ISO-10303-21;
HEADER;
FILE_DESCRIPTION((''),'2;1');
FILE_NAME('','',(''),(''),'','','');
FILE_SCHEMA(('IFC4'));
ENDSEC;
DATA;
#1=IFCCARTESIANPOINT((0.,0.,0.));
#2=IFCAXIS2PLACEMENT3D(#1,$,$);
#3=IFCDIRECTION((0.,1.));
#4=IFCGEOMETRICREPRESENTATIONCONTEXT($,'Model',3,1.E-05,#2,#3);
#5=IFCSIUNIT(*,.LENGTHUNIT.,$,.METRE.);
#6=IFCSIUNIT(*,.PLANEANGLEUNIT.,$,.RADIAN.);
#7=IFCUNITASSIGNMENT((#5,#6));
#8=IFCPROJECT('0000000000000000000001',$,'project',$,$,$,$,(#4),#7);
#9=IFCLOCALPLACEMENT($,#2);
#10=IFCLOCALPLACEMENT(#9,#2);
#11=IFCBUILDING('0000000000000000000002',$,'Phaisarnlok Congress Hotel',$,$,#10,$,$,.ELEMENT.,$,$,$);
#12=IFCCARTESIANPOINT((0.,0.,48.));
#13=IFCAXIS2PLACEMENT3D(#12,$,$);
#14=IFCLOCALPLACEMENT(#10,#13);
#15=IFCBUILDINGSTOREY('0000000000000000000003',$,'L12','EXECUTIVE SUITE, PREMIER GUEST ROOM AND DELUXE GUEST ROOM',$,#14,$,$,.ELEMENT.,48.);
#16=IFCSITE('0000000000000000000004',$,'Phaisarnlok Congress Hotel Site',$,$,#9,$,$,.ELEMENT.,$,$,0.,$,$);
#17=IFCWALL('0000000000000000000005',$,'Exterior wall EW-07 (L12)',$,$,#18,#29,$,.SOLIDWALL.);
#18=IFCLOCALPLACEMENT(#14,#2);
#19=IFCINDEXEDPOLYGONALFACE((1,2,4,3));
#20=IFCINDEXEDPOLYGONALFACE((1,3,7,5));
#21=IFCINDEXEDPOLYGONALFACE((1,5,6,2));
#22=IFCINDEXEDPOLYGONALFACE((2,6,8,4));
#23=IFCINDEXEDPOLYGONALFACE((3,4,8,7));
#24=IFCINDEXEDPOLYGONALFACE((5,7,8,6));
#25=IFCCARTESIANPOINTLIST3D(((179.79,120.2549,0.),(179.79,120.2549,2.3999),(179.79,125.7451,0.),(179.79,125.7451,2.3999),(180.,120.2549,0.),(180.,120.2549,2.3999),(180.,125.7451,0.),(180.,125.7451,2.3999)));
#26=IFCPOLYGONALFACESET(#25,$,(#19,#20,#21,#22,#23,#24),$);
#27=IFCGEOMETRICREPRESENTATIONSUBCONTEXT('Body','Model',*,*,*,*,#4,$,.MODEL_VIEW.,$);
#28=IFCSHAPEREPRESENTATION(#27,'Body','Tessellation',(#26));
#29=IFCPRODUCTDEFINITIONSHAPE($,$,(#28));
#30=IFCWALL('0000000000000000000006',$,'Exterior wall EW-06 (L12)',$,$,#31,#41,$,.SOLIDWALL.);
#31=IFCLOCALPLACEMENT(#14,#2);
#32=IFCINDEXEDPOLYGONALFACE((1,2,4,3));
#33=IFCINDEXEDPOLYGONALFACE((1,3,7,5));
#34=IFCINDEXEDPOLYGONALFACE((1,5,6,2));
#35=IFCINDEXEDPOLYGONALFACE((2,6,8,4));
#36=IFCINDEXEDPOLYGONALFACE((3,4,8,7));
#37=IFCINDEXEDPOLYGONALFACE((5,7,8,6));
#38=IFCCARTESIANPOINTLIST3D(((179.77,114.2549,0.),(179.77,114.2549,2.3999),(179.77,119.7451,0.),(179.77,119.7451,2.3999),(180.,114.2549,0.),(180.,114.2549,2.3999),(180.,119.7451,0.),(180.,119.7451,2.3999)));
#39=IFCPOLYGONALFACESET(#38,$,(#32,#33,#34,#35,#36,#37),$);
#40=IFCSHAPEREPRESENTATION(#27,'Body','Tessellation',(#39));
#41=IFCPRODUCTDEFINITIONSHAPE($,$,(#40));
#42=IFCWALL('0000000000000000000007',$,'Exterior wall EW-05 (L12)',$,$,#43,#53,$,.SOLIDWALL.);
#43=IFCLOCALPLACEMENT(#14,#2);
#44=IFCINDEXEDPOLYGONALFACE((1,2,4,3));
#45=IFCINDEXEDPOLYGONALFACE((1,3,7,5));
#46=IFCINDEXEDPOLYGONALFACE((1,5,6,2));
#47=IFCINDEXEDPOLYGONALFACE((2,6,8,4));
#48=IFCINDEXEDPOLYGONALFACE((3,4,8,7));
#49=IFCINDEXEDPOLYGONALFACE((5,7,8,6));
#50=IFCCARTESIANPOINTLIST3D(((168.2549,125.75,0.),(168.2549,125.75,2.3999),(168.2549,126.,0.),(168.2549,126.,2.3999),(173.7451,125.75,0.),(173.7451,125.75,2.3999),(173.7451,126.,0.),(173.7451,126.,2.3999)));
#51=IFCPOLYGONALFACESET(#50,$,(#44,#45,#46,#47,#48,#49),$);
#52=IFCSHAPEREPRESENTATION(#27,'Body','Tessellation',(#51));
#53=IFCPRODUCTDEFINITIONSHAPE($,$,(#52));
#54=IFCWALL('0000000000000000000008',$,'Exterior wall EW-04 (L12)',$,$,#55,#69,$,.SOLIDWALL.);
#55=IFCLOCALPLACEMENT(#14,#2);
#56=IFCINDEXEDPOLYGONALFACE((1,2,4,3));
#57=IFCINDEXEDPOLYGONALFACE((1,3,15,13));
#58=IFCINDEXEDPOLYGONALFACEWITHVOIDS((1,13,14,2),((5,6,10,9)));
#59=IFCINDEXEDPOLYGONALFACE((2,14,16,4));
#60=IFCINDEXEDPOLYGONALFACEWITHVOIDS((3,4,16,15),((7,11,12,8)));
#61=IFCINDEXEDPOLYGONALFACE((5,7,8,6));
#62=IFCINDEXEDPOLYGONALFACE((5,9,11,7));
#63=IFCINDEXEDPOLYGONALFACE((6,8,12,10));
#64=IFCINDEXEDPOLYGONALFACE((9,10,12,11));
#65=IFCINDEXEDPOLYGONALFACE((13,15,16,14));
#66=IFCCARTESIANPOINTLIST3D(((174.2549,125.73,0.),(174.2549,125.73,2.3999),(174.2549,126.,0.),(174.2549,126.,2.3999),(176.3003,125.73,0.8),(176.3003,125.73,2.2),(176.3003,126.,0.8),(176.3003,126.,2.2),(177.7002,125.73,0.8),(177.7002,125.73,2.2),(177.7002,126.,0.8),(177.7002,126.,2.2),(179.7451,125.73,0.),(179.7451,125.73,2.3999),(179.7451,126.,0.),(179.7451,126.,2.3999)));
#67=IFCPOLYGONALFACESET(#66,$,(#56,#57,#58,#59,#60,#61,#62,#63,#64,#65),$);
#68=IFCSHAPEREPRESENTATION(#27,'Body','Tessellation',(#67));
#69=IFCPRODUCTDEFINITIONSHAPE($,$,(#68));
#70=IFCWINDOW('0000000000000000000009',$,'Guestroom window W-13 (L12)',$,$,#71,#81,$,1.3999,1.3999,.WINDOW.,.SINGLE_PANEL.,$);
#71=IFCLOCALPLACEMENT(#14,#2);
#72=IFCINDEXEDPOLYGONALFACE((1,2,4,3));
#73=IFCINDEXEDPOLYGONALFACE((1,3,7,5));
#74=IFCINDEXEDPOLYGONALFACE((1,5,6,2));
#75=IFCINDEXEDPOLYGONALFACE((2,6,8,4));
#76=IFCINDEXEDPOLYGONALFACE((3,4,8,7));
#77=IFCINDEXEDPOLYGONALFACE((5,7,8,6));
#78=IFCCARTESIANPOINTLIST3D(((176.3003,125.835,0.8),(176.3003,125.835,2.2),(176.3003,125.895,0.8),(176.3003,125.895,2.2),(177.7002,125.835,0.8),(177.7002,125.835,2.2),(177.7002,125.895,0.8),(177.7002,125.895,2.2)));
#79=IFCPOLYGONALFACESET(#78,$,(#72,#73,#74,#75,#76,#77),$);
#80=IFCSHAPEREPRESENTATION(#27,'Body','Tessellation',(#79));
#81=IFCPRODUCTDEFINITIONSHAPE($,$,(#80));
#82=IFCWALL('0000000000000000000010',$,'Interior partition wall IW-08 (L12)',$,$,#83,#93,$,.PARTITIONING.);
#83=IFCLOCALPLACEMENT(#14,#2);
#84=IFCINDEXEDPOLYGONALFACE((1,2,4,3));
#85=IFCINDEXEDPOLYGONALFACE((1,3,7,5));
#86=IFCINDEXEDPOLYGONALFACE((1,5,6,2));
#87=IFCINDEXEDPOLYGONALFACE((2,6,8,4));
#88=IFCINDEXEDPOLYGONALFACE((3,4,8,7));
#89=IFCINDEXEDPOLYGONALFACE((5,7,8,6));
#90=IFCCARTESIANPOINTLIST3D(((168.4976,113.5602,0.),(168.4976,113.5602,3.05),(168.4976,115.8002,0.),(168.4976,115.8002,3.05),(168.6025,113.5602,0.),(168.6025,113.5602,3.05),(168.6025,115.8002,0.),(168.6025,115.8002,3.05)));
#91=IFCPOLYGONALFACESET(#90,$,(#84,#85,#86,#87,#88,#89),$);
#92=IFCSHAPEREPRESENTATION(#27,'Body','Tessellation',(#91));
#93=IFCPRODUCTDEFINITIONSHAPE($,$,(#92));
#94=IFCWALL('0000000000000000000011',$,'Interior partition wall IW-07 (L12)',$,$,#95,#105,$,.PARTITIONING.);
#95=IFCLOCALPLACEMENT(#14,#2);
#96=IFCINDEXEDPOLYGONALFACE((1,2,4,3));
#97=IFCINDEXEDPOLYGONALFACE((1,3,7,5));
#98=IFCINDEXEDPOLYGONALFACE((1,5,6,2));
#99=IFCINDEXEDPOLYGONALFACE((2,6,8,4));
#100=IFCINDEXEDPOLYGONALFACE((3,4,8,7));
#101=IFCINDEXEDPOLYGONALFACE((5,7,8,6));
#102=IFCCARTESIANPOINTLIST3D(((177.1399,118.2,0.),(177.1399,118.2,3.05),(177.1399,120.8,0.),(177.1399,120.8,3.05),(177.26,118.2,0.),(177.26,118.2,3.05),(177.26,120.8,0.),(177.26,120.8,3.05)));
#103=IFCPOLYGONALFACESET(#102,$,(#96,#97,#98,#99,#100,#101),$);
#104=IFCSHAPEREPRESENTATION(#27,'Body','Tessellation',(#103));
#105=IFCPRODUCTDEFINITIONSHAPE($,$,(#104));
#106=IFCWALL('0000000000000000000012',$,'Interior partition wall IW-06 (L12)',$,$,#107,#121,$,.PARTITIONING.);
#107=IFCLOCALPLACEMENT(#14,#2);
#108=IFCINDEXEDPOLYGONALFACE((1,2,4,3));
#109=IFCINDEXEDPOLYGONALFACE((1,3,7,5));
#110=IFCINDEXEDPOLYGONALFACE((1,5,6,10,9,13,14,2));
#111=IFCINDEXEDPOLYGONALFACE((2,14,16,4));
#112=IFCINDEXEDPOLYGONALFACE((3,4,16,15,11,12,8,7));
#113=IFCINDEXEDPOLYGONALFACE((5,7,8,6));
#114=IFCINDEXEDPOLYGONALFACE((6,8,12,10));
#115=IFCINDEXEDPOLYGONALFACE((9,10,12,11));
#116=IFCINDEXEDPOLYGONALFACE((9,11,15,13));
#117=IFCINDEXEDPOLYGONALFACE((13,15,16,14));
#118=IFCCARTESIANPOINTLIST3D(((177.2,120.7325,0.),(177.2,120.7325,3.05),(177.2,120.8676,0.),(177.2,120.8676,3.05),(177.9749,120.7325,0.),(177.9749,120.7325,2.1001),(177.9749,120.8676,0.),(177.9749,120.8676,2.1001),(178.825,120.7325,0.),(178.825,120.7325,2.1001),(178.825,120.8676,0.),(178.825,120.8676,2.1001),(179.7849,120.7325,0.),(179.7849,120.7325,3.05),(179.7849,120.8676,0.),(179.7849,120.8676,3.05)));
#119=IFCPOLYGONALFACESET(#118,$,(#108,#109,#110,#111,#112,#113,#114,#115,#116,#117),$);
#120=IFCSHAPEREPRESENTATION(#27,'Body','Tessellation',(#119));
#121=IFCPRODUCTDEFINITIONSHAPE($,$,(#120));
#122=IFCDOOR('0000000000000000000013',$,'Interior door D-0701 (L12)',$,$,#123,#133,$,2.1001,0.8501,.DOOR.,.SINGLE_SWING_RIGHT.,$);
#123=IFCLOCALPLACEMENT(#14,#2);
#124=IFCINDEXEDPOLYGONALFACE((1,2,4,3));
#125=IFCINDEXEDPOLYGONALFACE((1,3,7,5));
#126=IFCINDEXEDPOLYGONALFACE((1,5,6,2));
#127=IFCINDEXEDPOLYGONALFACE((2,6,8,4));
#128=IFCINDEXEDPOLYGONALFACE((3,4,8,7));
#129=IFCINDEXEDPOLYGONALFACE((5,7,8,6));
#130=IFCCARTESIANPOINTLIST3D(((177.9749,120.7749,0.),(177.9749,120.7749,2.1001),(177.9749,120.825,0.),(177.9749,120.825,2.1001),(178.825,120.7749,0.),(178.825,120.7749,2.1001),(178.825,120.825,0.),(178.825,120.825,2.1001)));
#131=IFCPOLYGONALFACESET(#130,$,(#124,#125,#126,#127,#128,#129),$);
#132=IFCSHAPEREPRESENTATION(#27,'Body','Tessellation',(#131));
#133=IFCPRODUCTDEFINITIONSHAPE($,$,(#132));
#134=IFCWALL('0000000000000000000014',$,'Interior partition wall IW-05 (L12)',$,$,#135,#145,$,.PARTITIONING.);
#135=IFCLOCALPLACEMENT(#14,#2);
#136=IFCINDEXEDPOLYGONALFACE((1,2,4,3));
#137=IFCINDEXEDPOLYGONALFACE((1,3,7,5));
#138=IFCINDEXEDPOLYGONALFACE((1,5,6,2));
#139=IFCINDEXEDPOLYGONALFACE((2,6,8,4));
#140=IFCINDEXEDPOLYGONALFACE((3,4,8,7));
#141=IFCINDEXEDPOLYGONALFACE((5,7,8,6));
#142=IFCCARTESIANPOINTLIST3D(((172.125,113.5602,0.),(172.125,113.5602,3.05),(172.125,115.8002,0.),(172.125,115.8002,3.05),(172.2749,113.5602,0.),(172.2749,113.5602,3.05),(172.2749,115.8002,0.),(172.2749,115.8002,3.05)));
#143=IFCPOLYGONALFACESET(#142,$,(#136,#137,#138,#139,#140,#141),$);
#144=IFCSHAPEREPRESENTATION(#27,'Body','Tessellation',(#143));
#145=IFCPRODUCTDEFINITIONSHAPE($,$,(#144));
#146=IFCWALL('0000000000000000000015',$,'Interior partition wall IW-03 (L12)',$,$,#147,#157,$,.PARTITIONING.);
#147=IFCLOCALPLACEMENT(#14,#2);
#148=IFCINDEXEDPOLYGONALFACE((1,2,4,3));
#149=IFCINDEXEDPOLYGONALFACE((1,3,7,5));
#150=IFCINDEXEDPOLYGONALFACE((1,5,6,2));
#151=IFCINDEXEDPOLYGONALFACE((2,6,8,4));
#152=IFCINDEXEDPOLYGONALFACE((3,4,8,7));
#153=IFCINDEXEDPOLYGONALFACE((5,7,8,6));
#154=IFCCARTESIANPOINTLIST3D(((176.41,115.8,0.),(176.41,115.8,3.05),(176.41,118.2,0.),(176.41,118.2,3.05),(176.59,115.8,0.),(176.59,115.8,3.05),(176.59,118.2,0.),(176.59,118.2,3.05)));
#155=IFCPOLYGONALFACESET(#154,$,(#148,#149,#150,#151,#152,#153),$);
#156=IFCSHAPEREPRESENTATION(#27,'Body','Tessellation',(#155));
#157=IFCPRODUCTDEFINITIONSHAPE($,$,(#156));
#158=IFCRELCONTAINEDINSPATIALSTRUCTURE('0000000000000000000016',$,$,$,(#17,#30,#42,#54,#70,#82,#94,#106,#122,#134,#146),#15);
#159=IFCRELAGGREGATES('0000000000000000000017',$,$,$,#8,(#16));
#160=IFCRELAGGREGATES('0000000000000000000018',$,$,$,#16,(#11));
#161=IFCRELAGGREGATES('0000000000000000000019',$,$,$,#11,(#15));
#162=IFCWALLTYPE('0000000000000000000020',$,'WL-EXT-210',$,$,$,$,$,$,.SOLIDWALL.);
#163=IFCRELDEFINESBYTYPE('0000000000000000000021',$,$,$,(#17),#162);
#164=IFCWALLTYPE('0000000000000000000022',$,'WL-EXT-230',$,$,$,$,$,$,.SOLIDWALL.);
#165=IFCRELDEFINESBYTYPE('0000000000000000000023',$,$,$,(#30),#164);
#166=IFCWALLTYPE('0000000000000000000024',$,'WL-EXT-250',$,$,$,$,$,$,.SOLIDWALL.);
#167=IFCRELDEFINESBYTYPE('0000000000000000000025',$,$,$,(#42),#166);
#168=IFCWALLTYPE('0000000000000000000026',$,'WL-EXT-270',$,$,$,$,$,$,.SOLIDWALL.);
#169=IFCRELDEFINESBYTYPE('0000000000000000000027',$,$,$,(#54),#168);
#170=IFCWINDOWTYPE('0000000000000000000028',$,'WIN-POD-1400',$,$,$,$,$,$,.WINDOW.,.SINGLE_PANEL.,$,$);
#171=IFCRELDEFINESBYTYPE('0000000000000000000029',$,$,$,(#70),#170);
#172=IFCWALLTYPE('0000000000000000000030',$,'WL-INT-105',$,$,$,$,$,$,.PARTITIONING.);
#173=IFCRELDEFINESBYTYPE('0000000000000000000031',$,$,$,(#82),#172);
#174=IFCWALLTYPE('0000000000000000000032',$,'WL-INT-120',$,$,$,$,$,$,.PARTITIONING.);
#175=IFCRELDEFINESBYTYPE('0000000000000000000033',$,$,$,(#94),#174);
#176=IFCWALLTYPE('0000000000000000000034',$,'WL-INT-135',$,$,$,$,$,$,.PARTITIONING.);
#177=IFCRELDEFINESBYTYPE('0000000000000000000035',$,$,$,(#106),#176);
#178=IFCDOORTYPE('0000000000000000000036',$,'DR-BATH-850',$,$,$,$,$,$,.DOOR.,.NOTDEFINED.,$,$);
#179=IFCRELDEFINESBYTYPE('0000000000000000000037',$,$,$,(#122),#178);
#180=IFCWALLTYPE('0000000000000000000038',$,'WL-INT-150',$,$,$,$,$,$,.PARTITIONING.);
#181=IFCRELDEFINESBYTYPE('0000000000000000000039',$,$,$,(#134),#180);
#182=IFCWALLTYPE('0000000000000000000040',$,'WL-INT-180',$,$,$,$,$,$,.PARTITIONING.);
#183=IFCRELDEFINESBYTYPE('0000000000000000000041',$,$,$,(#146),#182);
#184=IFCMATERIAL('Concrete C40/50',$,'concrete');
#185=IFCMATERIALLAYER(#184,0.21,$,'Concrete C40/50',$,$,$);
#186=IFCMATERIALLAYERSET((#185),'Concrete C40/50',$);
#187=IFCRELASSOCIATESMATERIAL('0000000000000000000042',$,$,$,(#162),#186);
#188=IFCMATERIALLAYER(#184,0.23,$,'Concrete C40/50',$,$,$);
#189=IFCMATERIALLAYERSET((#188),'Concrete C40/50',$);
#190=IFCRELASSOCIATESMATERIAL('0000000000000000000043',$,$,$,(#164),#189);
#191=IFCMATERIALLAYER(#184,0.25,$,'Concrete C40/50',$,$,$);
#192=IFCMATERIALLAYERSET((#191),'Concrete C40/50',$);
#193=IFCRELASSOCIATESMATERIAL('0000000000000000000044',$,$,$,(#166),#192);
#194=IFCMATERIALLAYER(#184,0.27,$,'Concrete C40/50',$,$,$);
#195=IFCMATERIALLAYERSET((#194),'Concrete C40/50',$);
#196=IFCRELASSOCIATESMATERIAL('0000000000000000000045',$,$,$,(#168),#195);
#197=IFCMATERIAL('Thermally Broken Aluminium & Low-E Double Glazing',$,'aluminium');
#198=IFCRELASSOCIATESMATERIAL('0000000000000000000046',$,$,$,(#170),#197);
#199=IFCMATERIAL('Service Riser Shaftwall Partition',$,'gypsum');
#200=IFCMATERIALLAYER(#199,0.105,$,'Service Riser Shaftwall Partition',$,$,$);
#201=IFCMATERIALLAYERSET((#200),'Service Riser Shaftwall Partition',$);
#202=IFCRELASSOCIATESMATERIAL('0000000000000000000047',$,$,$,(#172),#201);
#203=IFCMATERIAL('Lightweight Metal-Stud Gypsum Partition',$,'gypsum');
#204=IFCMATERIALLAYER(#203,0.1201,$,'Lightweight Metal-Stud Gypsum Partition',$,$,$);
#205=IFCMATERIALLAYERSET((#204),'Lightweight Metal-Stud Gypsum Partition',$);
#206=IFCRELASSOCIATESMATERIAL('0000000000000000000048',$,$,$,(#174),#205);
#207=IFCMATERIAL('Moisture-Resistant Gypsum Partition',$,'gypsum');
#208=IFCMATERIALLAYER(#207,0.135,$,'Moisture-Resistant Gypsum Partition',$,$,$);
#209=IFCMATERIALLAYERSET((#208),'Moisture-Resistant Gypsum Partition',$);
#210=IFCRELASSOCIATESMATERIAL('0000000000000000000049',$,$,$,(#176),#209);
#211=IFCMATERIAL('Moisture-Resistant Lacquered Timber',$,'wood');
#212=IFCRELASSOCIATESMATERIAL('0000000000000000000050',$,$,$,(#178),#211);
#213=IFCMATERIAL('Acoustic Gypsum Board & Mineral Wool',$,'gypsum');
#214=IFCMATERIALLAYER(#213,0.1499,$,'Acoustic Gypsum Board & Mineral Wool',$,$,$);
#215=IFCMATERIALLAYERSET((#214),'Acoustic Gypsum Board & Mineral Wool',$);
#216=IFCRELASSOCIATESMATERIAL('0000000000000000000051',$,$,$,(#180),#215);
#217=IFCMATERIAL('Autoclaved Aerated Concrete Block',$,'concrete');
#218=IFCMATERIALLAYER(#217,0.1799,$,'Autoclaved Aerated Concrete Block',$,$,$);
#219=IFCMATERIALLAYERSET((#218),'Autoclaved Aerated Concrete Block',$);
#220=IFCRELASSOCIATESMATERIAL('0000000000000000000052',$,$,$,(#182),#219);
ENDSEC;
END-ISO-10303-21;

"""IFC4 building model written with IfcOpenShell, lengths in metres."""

from ifc_helpers import new_model, si_unit, direction, frame, frame_2d, origin, place, context, subcontext, project, spatial, rectangle, extrude, material, layer, layer_set, type_object, element, fill, save


model = new_model("IFC4")

# Units and contexts
model_context = context("Model", 3, precision=1e-05, world=origin(), true_north=direction((0.0, 1.0)))
body_context = subcontext(model_context, "Body", "Model", "MODEL_VIEW")
ifc_project = project(units=[si_unit("LENGTHUNIT", "METRE"), si_unit("PLANEANGLEUNIT", "RADIAN")], contexts=[model_context])

# Site, building, storey
site_placement = place(None, origin())
site = spatial("IfcSite", under=ifc_project, at=site_placement, Name="Phaisarnlok Congress Hotel Site", CompositionType="ELEMENT", RefElevation=0.0)
building_placement = place(site_placement, origin())
building = spatial("IfcBuilding", under=site, at=building_placement, Name="Phaisarnlok Congress Hotel", CompositionType="ELEMENT")
storey_placement = place(building_placement, frame((0.0, 0.0, 48.0)))
storey = spatial("IfcBuildingStorey", under=building, at=storey_placement, Name="L12", Description="EXECUTIVE SUITE, PREMIER GUEST ROOM AND DELUXE GUEST ROOM", CompositionType="ELEMENT", Elevation=48.0)

# Shared definitions
ifc_material_1 = material(Name="Concrete C40/50", Category="concrete")

# Walls
ifc_layer_1 = layer(ifc_material_1, 0.21, Name="Concrete C40/50")
ifc_layer_set_1 = layer_set([ifc_layer_1], Name="Concrete C40/50")
wall_type_1 = type_object("IfcWallType", Name="WL-EXT-210", PredefinedType="SOLIDWALL", material=ifc_layer_set_1)
wall_1_placement = place(storey_placement, frame((179.895, 120.2549, 0.0), z_axis=(0.0, 0.0, 1.0), x_axis=(0.0, 1.0, 0.0)))
element("IfcWall", 1, at=wall_1_placement, inside=storey, type_object=wall_type_1, Name="Exterior wall EW-07 (L12)", PredefinedType="SOLIDWALL", context=body_context, shape_type="SweptSolid", body=[
    extrude(rectangle(XDim=5.4902, YDim=0.21, at=frame_2d((2.7451, 0.0))), origin(), (0.0, 0.0, 1.0), 2.3999),
])
ifc_layer_2 = layer(ifc_material_1, 0.23, Name="Concrete C40/50")
ifc_layer_set_2 = layer_set([ifc_layer_2], Name="Concrete C40/50")
wall_type_2 = type_object("IfcWallType", Name="WL-EXT-230", PredefinedType="SOLIDWALL", material=ifc_layer_set_2)
wall_2_placement = place(storey_placement, frame((179.885, 114.2549, 0.0), z_axis=(0.0, 0.0, 1.0), x_axis=(0.0, 1.0, 0.0)))
element("IfcWall", 2, at=wall_2_placement, inside=storey, type_object=wall_type_2, Name="Exterior wall EW-06 (L12)", PredefinedType="SOLIDWALL", context=body_context, shape_type="SweptSolid", body=[
    extrude(rectangle(XDim=5.4902, YDim=0.23, at=frame_2d((2.7451, 0.0))), origin(), (0.0, 0.0, 1.0), 2.3999),
])
ifc_layer_3 = layer(ifc_material_1, 0.25, Name="Concrete C40/50")
ifc_layer_set_3 = layer_set([ifc_layer_3], Name="Concrete C40/50")
wall_type_3 = type_object("IfcWallType", Name="WL-EXT-250", PredefinedType="SOLIDWALL", material=ifc_layer_set_3)
wall_3_placement = place(storey_placement, frame((173.7451, 125.875, 0.0), z_axis=(0.0, 0.0, 1.0), x_axis=(-1.0, 0.0, 0.0)))
element("IfcWall", 3, at=wall_3_placement, inside=storey, type_object=wall_type_3, Name="Exterior wall EW-05 (L12)", PredefinedType="SOLIDWALL", context=body_context, shape_type="SweptSolid", body=[
    extrude(rectangle(XDim=5.4902, YDim=0.25, at=frame_2d((2.7451, 0.0))), origin(), (0.0, 0.0, 1.0), 2.3999),
])

# Wall, opening, window
ifc_layer_4 = layer(ifc_material_1, 0.27, Name="Concrete C40/50")
ifc_layer_set_4 = layer_set([ifc_layer_4], Name="Concrete C40/50")
wall_type_4 = type_object("IfcWallType", Name="WL-EXT-270", PredefinedType="SOLIDWALL", material=ifc_layer_set_4)
wall_4_placement = place(storey_placement, frame((179.7451, 125.865, 0.0), z_axis=(0.0, 0.0, 1.0), x_axis=(-1.0, 0.0, 0.0)))
wall_4 = element("IfcWall", 4, at=wall_4_placement, inside=storey, type_object=wall_type_4, Name="Exterior wall EW-04 (L12)", PredefinedType="SOLIDWALL", context=body_context, shape_type="SweptSolid", body=[
    extrude(rectangle(XDim=5.4902, YDim=0.27, at=frame_2d((2.7451, 0.0))), origin(), (0.0, 0.0, 1.0), 2.3999),
])
opening_1_placement = place(wall_4_placement, frame((2.0449, 0.0, 0.8)))
opening_1 = element("IfcOpeningElement", 5, at=opening_1_placement, cuts=wall_4, PredefinedType="OPENING", context=body_context, shape_type="SweptSolid", body=[
    extrude(rectangle(XDim=1.3999, YDim=1.3999, at=frame_2d((0.7, 0.7))), frame((0.0, 0.145, 0.0), z_axis=(0.0, -1.0, 0.0), x_axis=(1.0, 0.0, 0.0)), (0.0, 0.0, 1.0), 0.29),
])
ifc_material_2 = material(Name="Thermally Broken Aluminium & Low-E Double Glazing", Category="aluminium")
window_type = type_object("IfcWindowType", Name="WIN-POD-1400", PartitioningType="SINGLE_PANEL", PredefinedType="WINDOW", material=ifc_material_2)
window_placement = place(opening_1_placement, origin())
window = element("IfcWindow", 6, at=window_placement, inside=storey, type_object=window_type, Name="Guestroom window W-13 (L12)", OverallHeight=1.3999, OverallWidth=1.3999, PartitioningType="SINGLE_PANEL", PredefinedType="WINDOW", context=body_context, shape_type="SweptSolid", body=[
    extrude(rectangle(XDim=1.3999, YDim=1.3999, at=frame_2d((0.7, 0.7))), frame((0.0, 0.03, 0.0), z_axis=(0.0, -1.0, 0.0), x_axis=(1.0, 0.0, 0.0)), (0.0, 0.0, 1.0), 0.0601),
])
fill(opening_1, window)

# Walls
ifc_material_3 = material(Name="Service Riser Shaftwall Partition", Category="gypsum")
ifc_layer_5 = layer(ifc_material_3, 0.105, Name="Service Riser Shaftwall Partition")
ifc_layer_set_5 = layer_set([ifc_layer_5], Name="Service Riser Shaftwall Partition")
wall_type_5 = type_object("IfcWallType", Name="WL-INT-105", PredefinedType="PARTITIONING", material=ifc_layer_set_5)
wall_5_placement = place(storey_placement, frame((168.55, 113.5601, 0.0), z_axis=(0.0, 0.0, 1.0), x_axis=(0.0, 1.0, 0.0)))
element("IfcWall", 7, at=wall_5_placement, inside=storey, type_object=wall_type_5, Name="Interior partition wall IW-08 (L12)", PredefinedType="PARTITIONING", context=body_context, shape_type="SweptSolid", body=[
    extrude(rectangle(XDim=2.24, YDim=0.105, at=frame_2d((1.1201, 0.0))), origin(), (0.0, 0.0, 1.0), 3.05),
])
ifc_material_4 = material(Name="Lightweight Metal-Stud Gypsum Partition", Category="gypsum")
ifc_layer_6 = layer(ifc_material_4, 0.1201, Name="Lightweight Metal-Stud Gypsum Partition")
ifc_layer_set_6 = layer_set([ifc_layer_6], Name="Lightweight Metal-Stud Gypsum Partition")
wall_type_6 = type_object("IfcWallType", Name="WL-INT-120", PredefinedType="PARTITIONING", material=ifc_layer_set_6)
wall_6_placement = place(storey_placement, frame((177.2, 118.2, 0.0), z_axis=(0.0, 0.0, 1.0), x_axis=(0.0, 1.0, 0.0)))
element("IfcWall", 8, at=wall_6_placement, inside=storey, type_object=wall_type_6, Name="Interior partition wall IW-07 (L12)", PredefinedType="PARTITIONING", context=body_context, shape_type="SweptSolid", body=[
    extrude(rectangle(XDim=2.6001, YDim=0.1201, at=frame_2d((1.3, 0.0))), origin(), (0.0, 0.0, 1.0), 3.05),
])

# Wall, opening, door
ifc_material_5 = material(Name="Moisture-Resistant Gypsum Partition", Category="gypsum")
ifc_layer_7 = layer(ifc_material_5, 0.135, Name="Moisture-Resistant Gypsum Partition")
ifc_layer_set_7 = layer_set([ifc_layer_7], Name="Moisture-Resistant Gypsum Partition")
wall_type_7 = type_object("IfcWallType", Name="WL-INT-135", PredefinedType="PARTITIONING", material=ifc_layer_set_7)
wall_7_placement = place(storey_placement, frame((177.2, 120.8, 0.0), z_axis=(0.0, 0.0, 1.0), x_axis=(1.0, 0.0, 0.0)))
wall_7 = element("IfcWall", 9, at=wall_7_placement, inside=storey, type_object=wall_type_7, Name="Interior partition wall IW-06 (L12)", PredefinedType="PARTITIONING", context=body_context, shape_type="SweptSolid", body=[
    extrude(rectangle(XDim=2.585, YDim=0.135, at=frame_2d((1.2925, 0.0))), origin(), (0.0, 0.0, 1.0), 3.05),
])
opening_2_placement = place(wall_7_placement, frame((0.7749, 0.0, 0.0)))
opening_2 = element("IfcOpeningElement", 10, at=opening_2_placement, cuts=wall_7, PredefinedType="OPENING", context=body_context, shape_type="SweptSolid", body=[
    extrude(rectangle(XDim=0.8501, YDim=2.1001, at=frame_2d((0.425, 1.05))), frame((0.0, 0.0776, 0.0), z_axis=(0.0, -1.0, 0.0), x_axis=(1.0, 0.0, 0.0)), (0.0, 0.0, 1.0), 0.155),
])
ifc_material_6 = material(Name="Moisture-Resistant Lacquered Timber", Category="wood")
door_type_1 = type_object("IfcDoorType", Name="DR-BATH-850", OperationType="NOTDEFINED", PredefinedType="DOOR", material=ifc_material_6)
door_1_placement = place(opening_2_placement, origin())
door_1 = element("IfcDoor", 11, at=door_1_placement, inside=storey, type_object=door_type_1, Name="Interior door D-0701 (L12)", OperationType="SINGLE_SWING_RIGHT", OverallHeight=2.1001, OverallWidth=0.8501, PredefinedType="DOOR", context=body_context, shape_type="SweptSolid", body=[
    extrude(rectangle(XDim=0.8501, YDim=2.1001, at=frame_2d((0.425, 1.05))), frame((0.0, 0.0249, 0.0), z_axis=(0.0, -1.0, 0.0), x_axis=(1.0, 0.0, 0.0)), (0.0, 0.0, 1.0), 0.05),
])
fill(opening_2, door_1)

# Wall
ifc_material_7 = material(Name="Acoustic Gypsum Board & Mineral Wool", Category="gypsum")
ifc_layer_8 = layer(ifc_material_7, 0.1499, Name="Acoustic Gypsum Board & Mineral Wool")
ifc_layer_set_8 = layer_set([ifc_layer_8], Name="Acoustic Gypsum Board & Mineral Wool")
wall_type_8 = type_object("IfcWallType", Name="WL-INT-150", PredefinedType="PARTITIONING", material=ifc_layer_set_8)
wall_8_placement = place(storey_placement, frame((172.2, 113.5601, 0.0), z_axis=(0.0, 0.0, 1.0), x_axis=(0.0, 1.0, 0.0)))
element("IfcWall", 12, at=wall_8_placement, inside=storey, type_object=wall_type_8, Name="Interior partition wall IW-05 (L12)", PredefinedType="PARTITIONING", context=body_context, shape_type="SweptSolid", body=[
    extrude(rectangle(XDim=2.24, YDim=0.1499, at=frame_2d((1.1201, 0.0))), origin(), (0.0, 0.0, 1.0), 3.05),
])

# Wall
ifc_material_8 = material(Name="Autoclaved Aerated Concrete Block", Category="concrete")
ifc_layer_9 = layer(ifc_material_8, 0.1799, Name="Autoclaved Aerated Concrete Block")
ifc_layer_set_9 = layer_set([ifc_layer_9], Name="Autoclaved Aerated Concrete Block")
wall_type_9 = type_object("IfcWallType", Name="WL-INT-180", PredefinedType="PARTITIONING", material=ifc_layer_set_9)
wall_9_placement = place(storey_placement, frame((176.5, 115.8, 0.0), z_axis=(0.0, 0.0, 1.0), x_axis=(0.0, 1.0, 0.0)))
element("IfcWall", 13, at=wall_9_placement, inside=storey, type_object=wall_type_9, Name="Interior partition wall IW-03 (L12)", PredefinedType="PARTITIONING", context=body_context, shape_type="SweptSolid", body=[
    extrude(rectangle(XDim=2.3999, YDim=0.1799, at=frame_2d((1.2, 0.0))), origin(), (0.0, 0.0, 1.0), 3.05),
])

save(model, "model.ifc")
